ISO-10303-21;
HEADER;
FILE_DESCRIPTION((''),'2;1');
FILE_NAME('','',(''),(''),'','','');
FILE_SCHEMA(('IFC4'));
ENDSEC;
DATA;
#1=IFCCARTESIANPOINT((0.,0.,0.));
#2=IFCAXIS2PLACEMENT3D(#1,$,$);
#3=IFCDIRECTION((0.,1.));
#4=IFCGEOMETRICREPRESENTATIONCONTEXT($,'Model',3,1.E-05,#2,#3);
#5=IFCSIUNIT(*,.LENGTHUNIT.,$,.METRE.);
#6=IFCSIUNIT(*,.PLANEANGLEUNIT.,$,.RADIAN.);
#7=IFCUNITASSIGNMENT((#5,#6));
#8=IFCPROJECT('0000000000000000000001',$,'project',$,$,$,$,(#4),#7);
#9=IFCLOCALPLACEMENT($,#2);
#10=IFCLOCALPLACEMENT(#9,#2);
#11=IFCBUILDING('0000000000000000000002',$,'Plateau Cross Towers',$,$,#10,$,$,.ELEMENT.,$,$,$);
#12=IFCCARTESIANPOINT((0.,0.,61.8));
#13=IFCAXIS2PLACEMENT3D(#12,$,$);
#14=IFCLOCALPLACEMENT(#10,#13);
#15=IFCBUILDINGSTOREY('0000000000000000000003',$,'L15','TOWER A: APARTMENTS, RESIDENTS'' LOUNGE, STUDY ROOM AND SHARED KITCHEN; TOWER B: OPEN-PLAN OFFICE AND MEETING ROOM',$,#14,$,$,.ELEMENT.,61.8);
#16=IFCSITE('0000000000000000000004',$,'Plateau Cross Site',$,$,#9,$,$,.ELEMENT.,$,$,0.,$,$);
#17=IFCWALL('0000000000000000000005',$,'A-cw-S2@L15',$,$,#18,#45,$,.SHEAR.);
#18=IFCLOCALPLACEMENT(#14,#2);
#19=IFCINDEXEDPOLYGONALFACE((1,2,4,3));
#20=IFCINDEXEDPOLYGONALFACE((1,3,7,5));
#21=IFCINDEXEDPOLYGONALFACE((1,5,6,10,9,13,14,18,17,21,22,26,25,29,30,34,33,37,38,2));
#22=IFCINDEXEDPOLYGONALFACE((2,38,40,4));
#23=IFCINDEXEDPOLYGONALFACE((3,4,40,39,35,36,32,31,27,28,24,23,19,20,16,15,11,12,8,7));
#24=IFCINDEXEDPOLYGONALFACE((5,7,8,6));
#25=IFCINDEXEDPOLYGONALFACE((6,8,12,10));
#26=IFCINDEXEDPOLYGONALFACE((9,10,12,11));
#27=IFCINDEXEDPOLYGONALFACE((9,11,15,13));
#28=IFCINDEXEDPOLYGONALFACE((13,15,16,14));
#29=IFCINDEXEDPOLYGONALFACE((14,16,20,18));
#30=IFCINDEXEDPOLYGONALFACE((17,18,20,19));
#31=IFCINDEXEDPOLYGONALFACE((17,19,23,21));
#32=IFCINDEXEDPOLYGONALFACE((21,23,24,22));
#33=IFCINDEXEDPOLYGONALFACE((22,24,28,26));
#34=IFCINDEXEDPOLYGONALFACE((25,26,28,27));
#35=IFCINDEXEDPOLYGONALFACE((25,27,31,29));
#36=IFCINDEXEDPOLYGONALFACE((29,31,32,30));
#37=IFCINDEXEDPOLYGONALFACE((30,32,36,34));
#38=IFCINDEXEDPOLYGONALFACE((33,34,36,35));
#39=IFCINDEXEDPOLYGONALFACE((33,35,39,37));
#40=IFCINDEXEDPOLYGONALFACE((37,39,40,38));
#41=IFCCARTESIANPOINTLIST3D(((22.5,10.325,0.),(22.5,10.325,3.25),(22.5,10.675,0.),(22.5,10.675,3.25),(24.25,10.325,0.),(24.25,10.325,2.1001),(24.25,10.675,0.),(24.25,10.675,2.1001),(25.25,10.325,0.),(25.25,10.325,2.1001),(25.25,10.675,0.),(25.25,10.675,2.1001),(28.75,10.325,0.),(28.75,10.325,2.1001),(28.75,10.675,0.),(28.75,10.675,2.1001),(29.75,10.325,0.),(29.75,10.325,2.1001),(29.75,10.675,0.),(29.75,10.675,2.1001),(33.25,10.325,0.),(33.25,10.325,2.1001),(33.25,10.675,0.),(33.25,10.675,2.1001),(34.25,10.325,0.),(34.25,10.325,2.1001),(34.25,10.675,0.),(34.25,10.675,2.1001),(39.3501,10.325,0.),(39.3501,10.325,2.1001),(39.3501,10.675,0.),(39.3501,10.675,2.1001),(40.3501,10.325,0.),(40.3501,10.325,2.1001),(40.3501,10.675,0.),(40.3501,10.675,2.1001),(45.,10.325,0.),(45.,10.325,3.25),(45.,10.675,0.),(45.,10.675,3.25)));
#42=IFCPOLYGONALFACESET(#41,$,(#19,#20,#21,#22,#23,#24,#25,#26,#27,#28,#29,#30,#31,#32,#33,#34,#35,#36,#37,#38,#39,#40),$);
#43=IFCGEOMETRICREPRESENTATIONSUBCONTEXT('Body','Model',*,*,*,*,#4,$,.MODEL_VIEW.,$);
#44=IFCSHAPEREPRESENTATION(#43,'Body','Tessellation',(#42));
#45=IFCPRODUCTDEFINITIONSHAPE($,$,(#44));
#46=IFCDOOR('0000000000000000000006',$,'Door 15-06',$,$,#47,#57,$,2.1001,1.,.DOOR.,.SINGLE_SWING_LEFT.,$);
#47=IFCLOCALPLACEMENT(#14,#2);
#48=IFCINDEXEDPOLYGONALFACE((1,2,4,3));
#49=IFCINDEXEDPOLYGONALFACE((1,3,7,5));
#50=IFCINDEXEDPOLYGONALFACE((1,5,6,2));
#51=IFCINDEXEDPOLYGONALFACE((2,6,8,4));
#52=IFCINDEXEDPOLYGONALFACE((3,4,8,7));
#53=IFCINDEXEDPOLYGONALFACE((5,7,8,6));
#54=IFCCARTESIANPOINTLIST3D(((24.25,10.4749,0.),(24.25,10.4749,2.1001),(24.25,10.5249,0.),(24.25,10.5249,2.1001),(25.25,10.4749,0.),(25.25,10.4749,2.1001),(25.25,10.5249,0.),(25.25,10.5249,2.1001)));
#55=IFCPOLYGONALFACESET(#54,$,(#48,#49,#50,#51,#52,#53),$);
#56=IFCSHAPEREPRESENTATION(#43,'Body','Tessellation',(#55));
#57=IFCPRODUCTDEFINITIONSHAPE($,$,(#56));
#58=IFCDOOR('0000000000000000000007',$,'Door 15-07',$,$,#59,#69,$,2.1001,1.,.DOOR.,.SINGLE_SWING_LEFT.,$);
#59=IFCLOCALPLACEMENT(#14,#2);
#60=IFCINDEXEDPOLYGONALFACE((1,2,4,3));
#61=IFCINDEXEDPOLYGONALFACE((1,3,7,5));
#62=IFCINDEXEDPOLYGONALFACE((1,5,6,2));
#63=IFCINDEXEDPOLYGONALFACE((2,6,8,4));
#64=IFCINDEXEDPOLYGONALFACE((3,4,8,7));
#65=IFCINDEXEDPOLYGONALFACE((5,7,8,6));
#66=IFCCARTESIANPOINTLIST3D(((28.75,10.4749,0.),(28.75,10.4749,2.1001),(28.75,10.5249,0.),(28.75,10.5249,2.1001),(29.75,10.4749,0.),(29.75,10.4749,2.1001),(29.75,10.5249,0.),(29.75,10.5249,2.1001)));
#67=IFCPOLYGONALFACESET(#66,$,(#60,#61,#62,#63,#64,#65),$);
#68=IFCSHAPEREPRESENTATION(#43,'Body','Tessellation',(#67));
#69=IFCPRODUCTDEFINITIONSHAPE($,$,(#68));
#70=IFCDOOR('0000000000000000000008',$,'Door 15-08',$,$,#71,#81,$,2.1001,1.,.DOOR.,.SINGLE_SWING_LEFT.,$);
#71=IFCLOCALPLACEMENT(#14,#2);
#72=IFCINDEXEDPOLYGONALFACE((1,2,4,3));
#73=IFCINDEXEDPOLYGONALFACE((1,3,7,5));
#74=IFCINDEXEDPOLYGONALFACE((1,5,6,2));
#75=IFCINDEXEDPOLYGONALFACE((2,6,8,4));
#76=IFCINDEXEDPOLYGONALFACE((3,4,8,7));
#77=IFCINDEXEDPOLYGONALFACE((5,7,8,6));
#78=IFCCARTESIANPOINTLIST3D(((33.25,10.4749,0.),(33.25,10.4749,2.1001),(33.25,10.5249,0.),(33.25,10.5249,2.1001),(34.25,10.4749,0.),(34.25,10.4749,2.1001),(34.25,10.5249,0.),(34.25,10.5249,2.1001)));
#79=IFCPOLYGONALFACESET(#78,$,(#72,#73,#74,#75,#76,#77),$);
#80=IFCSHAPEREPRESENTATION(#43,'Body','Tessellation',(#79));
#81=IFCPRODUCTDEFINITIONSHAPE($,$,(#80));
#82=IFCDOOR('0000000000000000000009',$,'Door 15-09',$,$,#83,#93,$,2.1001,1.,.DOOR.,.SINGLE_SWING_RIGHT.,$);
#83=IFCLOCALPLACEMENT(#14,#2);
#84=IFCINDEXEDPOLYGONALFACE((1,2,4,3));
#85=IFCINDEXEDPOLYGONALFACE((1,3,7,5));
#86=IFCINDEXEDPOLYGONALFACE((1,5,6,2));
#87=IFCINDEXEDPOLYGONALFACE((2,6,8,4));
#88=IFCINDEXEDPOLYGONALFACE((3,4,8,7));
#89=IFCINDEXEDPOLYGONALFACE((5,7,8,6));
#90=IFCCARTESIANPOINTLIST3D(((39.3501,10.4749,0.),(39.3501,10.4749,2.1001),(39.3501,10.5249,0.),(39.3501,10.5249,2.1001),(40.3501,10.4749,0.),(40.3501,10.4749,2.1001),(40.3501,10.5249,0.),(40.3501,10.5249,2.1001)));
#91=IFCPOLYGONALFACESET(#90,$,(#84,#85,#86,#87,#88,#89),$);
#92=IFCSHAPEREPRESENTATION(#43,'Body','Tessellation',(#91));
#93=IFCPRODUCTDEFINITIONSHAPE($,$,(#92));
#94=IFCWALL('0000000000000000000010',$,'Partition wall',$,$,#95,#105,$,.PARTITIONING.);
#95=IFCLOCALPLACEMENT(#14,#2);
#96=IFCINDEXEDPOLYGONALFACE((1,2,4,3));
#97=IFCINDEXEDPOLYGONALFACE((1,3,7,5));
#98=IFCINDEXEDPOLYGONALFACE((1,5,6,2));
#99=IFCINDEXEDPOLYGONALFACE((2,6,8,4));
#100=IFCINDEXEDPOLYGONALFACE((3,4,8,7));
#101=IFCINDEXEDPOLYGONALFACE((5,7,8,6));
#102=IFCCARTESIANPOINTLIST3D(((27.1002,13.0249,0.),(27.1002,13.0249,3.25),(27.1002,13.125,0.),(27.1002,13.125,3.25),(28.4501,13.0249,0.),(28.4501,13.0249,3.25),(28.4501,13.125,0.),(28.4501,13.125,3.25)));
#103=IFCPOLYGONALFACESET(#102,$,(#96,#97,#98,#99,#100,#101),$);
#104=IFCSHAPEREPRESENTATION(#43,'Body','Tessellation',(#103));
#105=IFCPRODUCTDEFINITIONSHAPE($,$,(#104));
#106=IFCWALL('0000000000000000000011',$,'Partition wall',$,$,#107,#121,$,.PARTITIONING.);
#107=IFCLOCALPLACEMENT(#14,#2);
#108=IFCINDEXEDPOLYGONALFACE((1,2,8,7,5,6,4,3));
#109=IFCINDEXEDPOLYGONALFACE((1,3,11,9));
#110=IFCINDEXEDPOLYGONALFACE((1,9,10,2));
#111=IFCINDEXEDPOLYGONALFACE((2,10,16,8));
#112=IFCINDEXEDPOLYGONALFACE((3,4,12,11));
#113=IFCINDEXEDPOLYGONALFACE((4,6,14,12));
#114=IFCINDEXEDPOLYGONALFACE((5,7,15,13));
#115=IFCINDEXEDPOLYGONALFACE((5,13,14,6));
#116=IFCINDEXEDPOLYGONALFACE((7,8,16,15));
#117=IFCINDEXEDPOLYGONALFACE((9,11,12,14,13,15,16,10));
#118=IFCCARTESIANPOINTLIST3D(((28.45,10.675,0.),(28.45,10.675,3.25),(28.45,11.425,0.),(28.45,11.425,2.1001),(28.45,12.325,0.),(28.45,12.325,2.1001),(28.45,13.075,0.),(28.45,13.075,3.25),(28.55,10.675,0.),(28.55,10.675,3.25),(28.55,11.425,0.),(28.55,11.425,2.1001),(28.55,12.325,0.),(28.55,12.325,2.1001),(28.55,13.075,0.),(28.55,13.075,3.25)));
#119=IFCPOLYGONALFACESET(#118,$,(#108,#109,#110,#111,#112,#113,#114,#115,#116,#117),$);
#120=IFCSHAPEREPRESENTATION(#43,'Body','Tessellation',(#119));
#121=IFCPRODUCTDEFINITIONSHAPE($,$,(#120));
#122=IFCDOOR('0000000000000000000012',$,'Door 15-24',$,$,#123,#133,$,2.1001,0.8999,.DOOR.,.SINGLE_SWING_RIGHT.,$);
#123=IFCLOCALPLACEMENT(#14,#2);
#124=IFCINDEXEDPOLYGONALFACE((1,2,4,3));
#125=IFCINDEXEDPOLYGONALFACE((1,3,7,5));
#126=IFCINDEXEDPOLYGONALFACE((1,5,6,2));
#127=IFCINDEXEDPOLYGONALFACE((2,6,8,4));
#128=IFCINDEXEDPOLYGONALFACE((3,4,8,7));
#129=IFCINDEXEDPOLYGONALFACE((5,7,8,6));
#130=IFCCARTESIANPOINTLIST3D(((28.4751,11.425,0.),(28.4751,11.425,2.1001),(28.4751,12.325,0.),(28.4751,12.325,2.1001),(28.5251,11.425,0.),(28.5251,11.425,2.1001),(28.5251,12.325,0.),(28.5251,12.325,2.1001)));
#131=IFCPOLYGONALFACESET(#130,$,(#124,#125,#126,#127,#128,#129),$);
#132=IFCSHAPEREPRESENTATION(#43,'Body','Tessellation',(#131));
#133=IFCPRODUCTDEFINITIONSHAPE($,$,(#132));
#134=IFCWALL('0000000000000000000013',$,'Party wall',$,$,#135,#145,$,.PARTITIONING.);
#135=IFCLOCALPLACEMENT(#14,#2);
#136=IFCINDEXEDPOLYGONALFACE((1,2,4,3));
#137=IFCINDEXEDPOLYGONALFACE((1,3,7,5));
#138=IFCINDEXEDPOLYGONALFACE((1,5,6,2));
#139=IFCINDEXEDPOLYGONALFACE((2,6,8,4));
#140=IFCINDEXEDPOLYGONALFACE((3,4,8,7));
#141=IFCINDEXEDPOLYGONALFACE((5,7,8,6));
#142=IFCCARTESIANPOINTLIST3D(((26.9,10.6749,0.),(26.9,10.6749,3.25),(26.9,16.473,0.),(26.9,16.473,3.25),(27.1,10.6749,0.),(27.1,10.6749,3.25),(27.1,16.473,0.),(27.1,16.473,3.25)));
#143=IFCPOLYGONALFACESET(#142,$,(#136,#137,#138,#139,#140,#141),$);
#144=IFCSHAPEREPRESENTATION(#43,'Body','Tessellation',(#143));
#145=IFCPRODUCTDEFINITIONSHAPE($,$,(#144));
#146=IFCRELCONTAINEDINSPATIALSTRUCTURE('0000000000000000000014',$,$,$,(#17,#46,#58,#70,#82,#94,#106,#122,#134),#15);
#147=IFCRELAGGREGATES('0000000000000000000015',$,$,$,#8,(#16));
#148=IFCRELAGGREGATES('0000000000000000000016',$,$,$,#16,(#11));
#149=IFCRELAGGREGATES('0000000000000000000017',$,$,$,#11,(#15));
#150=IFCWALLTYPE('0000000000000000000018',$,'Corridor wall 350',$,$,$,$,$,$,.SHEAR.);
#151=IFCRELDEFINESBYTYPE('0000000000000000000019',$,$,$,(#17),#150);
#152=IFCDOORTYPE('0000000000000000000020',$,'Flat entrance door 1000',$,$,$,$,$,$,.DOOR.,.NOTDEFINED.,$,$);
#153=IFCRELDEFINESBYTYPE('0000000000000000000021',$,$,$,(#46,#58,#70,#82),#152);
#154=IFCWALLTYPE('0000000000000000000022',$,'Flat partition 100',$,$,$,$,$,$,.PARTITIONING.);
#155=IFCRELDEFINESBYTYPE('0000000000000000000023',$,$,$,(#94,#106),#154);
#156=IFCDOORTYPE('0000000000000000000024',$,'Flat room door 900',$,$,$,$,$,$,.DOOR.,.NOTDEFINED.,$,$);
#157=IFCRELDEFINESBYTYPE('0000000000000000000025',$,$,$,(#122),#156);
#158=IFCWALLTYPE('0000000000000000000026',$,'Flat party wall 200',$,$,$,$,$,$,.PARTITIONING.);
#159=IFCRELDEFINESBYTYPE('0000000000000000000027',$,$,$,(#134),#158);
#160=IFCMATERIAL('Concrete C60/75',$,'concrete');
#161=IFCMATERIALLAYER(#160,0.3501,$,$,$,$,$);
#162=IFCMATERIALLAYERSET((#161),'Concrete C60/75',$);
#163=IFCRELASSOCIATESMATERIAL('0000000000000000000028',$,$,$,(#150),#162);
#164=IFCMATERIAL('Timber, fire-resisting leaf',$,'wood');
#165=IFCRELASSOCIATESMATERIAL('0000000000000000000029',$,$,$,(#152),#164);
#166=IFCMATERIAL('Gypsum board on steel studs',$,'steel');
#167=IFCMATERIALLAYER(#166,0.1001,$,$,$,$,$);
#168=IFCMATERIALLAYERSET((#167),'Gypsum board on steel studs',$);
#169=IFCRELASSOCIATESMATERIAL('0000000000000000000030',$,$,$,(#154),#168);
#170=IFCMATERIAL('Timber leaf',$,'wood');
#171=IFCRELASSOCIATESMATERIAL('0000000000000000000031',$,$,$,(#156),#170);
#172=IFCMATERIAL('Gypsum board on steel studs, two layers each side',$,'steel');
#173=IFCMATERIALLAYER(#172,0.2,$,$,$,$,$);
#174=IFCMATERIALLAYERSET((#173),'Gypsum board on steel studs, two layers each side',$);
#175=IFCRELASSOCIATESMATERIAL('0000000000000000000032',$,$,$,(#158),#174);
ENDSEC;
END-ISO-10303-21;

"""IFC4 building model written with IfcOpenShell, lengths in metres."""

from ifc_helpers import new_model, si_unit, direction, frame, frame_2d, origin, place, context, subcontext, project, spatial, rectangle, extrude, material, layer, layer_set, type_object, element, fill, save


model = new_model("IFC4")

# Units and contexts
model_context = context("Model", 3, precision=1e-05, world=origin(), true_north=direction((0.0, 1.0)))
body_context = subcontext(model_context, "Body", "Model", "MODEL_VIEW")
ifc_project = project(units=[si_unit("LENGTHUNIT", "METRE"), si_unit("PLANEANGLEUNIT", "RADIAN")], contexts=[model_context])

# Site, building, storey
site_placement = place(None, origin())
site = spatial("IfcSite", under=ifc_project, at=site_placement, Name="Plateau Cross Site", CompositionType="ELEMENT", RefElevation=0.0)
building_placement = place(site_placement, origin())
building = spatial("IfcBuilding", under=site, at=building_placement, Name="Plateau Cross Towers", CompositionType="ELEMENT")
storey_placement = place(building_placement, frame((0.0, 0.0, 61.8)))
storey = spatial("IfcBuildingStorey", under=building, at=storey_placement, Name="L15", Description="TOWER A: APARTMENTS, RESIDENTS' LOUNGE, STUDY ROOM AND SHARED KITCHEN; TOWER B: OPEN-PLAN OFFICE AND MEETING ROOM", CompositionType="ELEMENT", Elevation=61.8)

# Shared definitions
ifc_material_1 = material(Name="Timber, fire-resisting leaf", Category="wood")

# Wall, openings, doors
ifc_material_2 = material(Name="Concrete C60/75", Category="concrete")
ifc_layer_1 = layer(ifc_material_2, 0.3501)
ifc_layer_set_1 = layer_set([ifc_layer_1], Name="Concrete C60/75")
wall_type_1 = type_object("IfcWallType", Name="Corridor wall 350", PredefinedType="SHEAR", material=ifc_layer_set_1)
door_type_1 = type_object("IfcDoorType", Name="Flat entrance door 1000", OperationType="NOTDEFINED", PredefinedType="DOOR", material=ifc_material_1)
wall_1_placement = place(storey_placement, frame((22.5, 10.5, 0.0), z_axis=(0.0, 0.0, 1.0), x_axis=(1.0, 0.0, 0.0)))
wall_1 = element("IfcWall", 1, at=wall_1_placement, inside=storey, type_object=wall_type_1, Name="A-cw-S2@L15", PredefinedType="SHEAR", context=body_context, shape_type="SweptSolid", body=[
    extrude(rectangle(XDim=22.5, YDim=0.3501, at=frame_2d((11.25, 0.0))), origin(), (0.0, 0.0, 1.0), 3.25),
])
opening_1_placement = place(wall_1_placement, frame((1.75, 0.0, 0.0)))
opening_1 = element("IfcOpeningElement", 2, at=opening_1_placement, cuts=wall_1, PredefinedType="OPENING", context=body_context, shape_type="SweptSolid", body=[
    extrude(rectangle(XDim=1.0, YDim=2.1001, at=frame_2d((0.5, 1.05))), frame((0.0, 0.1851, 0.0), z_axis=(0.0, -1.0, 0.0), x_axis=(1.0, 0.0, 0.0)), (0.0, 0.0, 1.0), 0.3701),
])
opening_2_placement = place(wall_1_placement, frame((6.25, 0.0, 0.0)))
opening_2 = element("IfcOpeningElement", 3, at=opening_2_placement, cuts=wall_1, PredefinedType="OPENING", context=body_context, shape_type="SweptSolid", body=[
    extrude(rectangle(XDim=1.0, YDim=2.1001, at=frame_2d((0.5, 1.05))), frame((0.0, 0.1851, 0.0), z_axis=(0.0, -1.0, 0.0), x_axis=(1.0, 0.0, 0.0)), (0.0, 0.0, 1.0), 0.3701),
])
opening_3_placement = place(wall_1_placement, frame((10.75, 0.0, 0.0)))
opening_3 = element("IfcOpeningElement", 4, at=opening_3_placement, cuts=wall_1, PredefinedType="OPENING", context=body_context, shape_type="SweptSolid", body=[
    extrude(rectangle(XDim=1.0, YDim=2.1001, at=frame_2d((0.5, 1.05))), frame((0.0, 0.1851, 0.0), z_axis=(0.0, -1.0, 0.0), x_axis=(1.0, 0.0, 0.0)), (0.0, 0.0, 1.0), 0.3701),
])
opening_4_placement = place(wall_1_placement, frame((16.8501, 0.0, 0.0)))
opening_4 = element("IfcOpeningElement", 5, at=opening_4_placement, cuts=wall_1, PredefinedType="OPENING", context=body_context, shape_type="SweptSolid", body=[
    extrude(rectangle(XDim=1.0, YDim=2.1001, at=frame_2d((0.5, 1.05))), frame((0.0, 0.1851, 0.0), z_axis=(0.0, -1.0, 0.0), x_axis=(1.0, 0.0, 0.0)), (0.0, 0.0, 1.0), 0.3701),
])
door_1_placement = place(opening_1_placement, origin())
door_1 = element("IfcDoor", 6, at=door_1_placement, inside=storey, type_object=door_type_1, Name="Door 15-06", OperationType="SINGLE_SWING_LEFT", OverallHeight=2.1001, OverallWidth=1.0, PredefinedType="DOOR", context=body_context, shape_type="SweptSolid", body=[
    extrude(rectangle(XDim=1.0, YDim=2.1001, at=frame_2d((0.5, 1.05))), frame((0.0, 0.0249, 0.0), z_axis=(0.0, -1.0, 0.0), x_axis=(1.0, 0.0, 0.0)), (0.0, 0.0, 1.0), 0.05),
])
fill(opening_1, door_1)
door_2_placement = place(opening_2_placement, origin())
door_2 = element("IfcDoor", 7, at=door_2_placement, inside=storey, type_object=door_type_1, Name="Door 15-07", OperationType="SINGLE_SWING_LEFT", OverallHeight=2.1001, OverallWidth=1.0, PredefinedType="DOOR", context=body_context, shape_type="SweptSolid", body=[
    extrude(rectangle(XDim=1.0, YDim=2.1001, at=frame_2d((0.5, 1.05))), frame((0.0, 0.0249, 0.0), z_axis=(0.0, -1.0, 0.0), x_axis=(1.0, 0.0, 0.0)), (0.0, 0.0, 1.0), 0.05),
])
fill(opening_2, door_2)
door_3_placement = place(opening_3_placement, origin())
door_3 = element("IfcDoor", 8, at=door_3_placement, inside=storey, type_object=door_type_1, Name="Door 15-08", OperationType="SINGLE_SWING_LEFT", OverallHeight=2.1001, OverallWidth=1.0, PredefinedType="DOOR", context=body_context, shape_type="SweptSolid", body=[
    extrude(rectangle(XDim=1.0, YDim=2.1001, at=frame_2d((0.5, 1.05))), frame((0.0, 0.0249, 0.0), z_axis=(0.0, -1.0, 0.0), x_axis=(1.0, 0.0, 0.0)), (0.0, 0.0, 1.0), 0.05),
])
fill(opening_3, door_3)
door_4_placement = place(opening_4_placement, origin())
door_4 = element("IfcDoor", 9, at=door_4_placement, inside=storey, type_object=door_type_1, Name="Door 15-09", OperationType="SINGLE_SWING_RIGHT", OverallHeight=2.1001, OverallWidth=1.0, PredefinedType="DOOR", context=body_context, shape_type="SweptSolid", body=[
    extrude(rectangle(XDim=1.0, YDim=2.1001, at=frame_2d((0.5, 1.05))), frame((0.0, 0.0249, 0.0), z_axis=(0.0, -1.0, 0.0), x_axis=(1.0, 0.0, 0.0)), (0.0, 0.0, 1.0), 0.05),
])
fill(opening_4, door_4)

# Wall
ifc_material_3 = material(Name="Gypsum board on steel studs", Category="steel")
ifc_layer_2 = layer(ifc_material_3, 0.1001)
ifc_layer_set_2 = layer_set([ifc_layer_2], Name="Gypsum board on steel studs")
wall_type_2 = type_object("IfcWallType", Name="Flat partition 100", PredefinedType="PARTITIONING", material=ifc_layer_set_2)
wall_2_placement = place(storey_placement, frame((28.45, 13.075, 0.0), z_axis=(0.0, 0.0, 1.0), x_axis=(-1.0, 0.0, 0.0)))
element("IfcWall", 10, at=wall_2_placement, inside=storey, type_object=wall_type_2, Name="Partition wall", PredefinedType="PARTITIONING", context=body_context, shape_type="SweptSolid", body=[
    extrude(rectangle(XDim=1.3499, YDim=0.1001, at=frame_2d((0.6748, 0.0))), origin(), (0.0, 0.0, 1.0), 3.25),
])

# Wall, opening, door
wall_3_placement = place(storey_placement, frame((28.5, 10.675, 0.0), z_axis=(0.0, 0.0, 1.0), x_axis=(0.0, 1.0, 0.0)))
wall_3 = element("IfcWall", 11, at=wall_3_placement, inside=storey, type_object=wall_type_2, Name="Partition wall", PredefinedType="PARTITIONING", context=body_context, shape_type="SweptSolid", body=[
    extrude(rectangle(XDim=2.3999, YDim=0.1001, at=frame_2d((1.2, 0.0))), origin(), (0.0, 0.0, 1.0), 3.25),
])
opening_5_placement = place(wall_3_placement, frame((0.75, 0.0, 0.0)))
opening_5 = element("IfcOpeningElement", 12, at=opening_5_placement, cuts=wall_3, PredefinedType="OPENING", context=body_context, shape_type="SweptSolid", body=[
    extrude(rectangle(XDim=0.8999, YDim=2.1001, at=frame_2d((0.45, 1.05))), frame((0.0, 0.0601, 0.0), z_axis=(0.0, -1.0, 0.0), x_axis=(1.0, 0.0, 0.0)), (0.0, 0.0, 1.0), 0.1201),
])
ifc_material_4 = material(Name="Timber leaf", Category="wood")
door_type_2 = type_object("IfcDoorType", Name="Flat room door 900", OperationType="NOTDEFINED", PredefinedType="DOOR", material=ifc_material_4)
door_5_placement = place(opening_5_placement, origin())
door_5 = element("IfcDoor", 13, at=door_5_placement, inside=storey, type_object=door_type_2, Name="Door 15-24", OperationType="SINGLE_SWING_RIGHT", OverallHeight=2.1001, OverallWidth=0.8999, PredefinedType="DOOR", context=body_context, shape_type="SweptSolid", body=[
    extrude(rectangle(XDim=0.8999, YDim=2.1001, at=frame_2d((0.45, 1.05))), frame((0.0, 0.0249, 0.0), z_axis=(0.0, -1.0, 0.0), x_axis=(1.0, 0.0, 0.0)), (0.0, 0.0, 1.0), 0.05),
])
fill(opening_5, door_5)

# Wall
ifc_material_5 = material(Name="Gypsum board on steel studs, two layers each side", Category="steel")
ifc_layer_3 = layer(ifc_material_5, 0.2)
ifc_layer_set_3 = layer_set([ifc_layer_3], Name="Gypsum board on steel studs, two layers each side")
wall_type_3 = type_object("IfcWallType", Name="Flat party wall 200", PredefinedType="PARTITIONING", material=ifc_layer_set_3)
wall_4_placement = place(storey_placement, frame((27.0, 10.675, 0.0), z_axis=(0.0, 0.0, 1.0), x_axis=(0.0, 1.0, 0.0)))
element("IfcWall", 14, at=wall_4_placement, inside=storey, type_object=wall_type_3, Name="Party wall", PredefinedType="PARTITIONING", context=body_context, shape_type="SweptSolid", body=[
    extrude(rectangle(XDim=5.7981, YDim=0.2, at=frame_2d((2.8989, 0.0))), origin(), (0.0, 0.0, 1.0), 3.25),
])

save(model, "model.ifc")
